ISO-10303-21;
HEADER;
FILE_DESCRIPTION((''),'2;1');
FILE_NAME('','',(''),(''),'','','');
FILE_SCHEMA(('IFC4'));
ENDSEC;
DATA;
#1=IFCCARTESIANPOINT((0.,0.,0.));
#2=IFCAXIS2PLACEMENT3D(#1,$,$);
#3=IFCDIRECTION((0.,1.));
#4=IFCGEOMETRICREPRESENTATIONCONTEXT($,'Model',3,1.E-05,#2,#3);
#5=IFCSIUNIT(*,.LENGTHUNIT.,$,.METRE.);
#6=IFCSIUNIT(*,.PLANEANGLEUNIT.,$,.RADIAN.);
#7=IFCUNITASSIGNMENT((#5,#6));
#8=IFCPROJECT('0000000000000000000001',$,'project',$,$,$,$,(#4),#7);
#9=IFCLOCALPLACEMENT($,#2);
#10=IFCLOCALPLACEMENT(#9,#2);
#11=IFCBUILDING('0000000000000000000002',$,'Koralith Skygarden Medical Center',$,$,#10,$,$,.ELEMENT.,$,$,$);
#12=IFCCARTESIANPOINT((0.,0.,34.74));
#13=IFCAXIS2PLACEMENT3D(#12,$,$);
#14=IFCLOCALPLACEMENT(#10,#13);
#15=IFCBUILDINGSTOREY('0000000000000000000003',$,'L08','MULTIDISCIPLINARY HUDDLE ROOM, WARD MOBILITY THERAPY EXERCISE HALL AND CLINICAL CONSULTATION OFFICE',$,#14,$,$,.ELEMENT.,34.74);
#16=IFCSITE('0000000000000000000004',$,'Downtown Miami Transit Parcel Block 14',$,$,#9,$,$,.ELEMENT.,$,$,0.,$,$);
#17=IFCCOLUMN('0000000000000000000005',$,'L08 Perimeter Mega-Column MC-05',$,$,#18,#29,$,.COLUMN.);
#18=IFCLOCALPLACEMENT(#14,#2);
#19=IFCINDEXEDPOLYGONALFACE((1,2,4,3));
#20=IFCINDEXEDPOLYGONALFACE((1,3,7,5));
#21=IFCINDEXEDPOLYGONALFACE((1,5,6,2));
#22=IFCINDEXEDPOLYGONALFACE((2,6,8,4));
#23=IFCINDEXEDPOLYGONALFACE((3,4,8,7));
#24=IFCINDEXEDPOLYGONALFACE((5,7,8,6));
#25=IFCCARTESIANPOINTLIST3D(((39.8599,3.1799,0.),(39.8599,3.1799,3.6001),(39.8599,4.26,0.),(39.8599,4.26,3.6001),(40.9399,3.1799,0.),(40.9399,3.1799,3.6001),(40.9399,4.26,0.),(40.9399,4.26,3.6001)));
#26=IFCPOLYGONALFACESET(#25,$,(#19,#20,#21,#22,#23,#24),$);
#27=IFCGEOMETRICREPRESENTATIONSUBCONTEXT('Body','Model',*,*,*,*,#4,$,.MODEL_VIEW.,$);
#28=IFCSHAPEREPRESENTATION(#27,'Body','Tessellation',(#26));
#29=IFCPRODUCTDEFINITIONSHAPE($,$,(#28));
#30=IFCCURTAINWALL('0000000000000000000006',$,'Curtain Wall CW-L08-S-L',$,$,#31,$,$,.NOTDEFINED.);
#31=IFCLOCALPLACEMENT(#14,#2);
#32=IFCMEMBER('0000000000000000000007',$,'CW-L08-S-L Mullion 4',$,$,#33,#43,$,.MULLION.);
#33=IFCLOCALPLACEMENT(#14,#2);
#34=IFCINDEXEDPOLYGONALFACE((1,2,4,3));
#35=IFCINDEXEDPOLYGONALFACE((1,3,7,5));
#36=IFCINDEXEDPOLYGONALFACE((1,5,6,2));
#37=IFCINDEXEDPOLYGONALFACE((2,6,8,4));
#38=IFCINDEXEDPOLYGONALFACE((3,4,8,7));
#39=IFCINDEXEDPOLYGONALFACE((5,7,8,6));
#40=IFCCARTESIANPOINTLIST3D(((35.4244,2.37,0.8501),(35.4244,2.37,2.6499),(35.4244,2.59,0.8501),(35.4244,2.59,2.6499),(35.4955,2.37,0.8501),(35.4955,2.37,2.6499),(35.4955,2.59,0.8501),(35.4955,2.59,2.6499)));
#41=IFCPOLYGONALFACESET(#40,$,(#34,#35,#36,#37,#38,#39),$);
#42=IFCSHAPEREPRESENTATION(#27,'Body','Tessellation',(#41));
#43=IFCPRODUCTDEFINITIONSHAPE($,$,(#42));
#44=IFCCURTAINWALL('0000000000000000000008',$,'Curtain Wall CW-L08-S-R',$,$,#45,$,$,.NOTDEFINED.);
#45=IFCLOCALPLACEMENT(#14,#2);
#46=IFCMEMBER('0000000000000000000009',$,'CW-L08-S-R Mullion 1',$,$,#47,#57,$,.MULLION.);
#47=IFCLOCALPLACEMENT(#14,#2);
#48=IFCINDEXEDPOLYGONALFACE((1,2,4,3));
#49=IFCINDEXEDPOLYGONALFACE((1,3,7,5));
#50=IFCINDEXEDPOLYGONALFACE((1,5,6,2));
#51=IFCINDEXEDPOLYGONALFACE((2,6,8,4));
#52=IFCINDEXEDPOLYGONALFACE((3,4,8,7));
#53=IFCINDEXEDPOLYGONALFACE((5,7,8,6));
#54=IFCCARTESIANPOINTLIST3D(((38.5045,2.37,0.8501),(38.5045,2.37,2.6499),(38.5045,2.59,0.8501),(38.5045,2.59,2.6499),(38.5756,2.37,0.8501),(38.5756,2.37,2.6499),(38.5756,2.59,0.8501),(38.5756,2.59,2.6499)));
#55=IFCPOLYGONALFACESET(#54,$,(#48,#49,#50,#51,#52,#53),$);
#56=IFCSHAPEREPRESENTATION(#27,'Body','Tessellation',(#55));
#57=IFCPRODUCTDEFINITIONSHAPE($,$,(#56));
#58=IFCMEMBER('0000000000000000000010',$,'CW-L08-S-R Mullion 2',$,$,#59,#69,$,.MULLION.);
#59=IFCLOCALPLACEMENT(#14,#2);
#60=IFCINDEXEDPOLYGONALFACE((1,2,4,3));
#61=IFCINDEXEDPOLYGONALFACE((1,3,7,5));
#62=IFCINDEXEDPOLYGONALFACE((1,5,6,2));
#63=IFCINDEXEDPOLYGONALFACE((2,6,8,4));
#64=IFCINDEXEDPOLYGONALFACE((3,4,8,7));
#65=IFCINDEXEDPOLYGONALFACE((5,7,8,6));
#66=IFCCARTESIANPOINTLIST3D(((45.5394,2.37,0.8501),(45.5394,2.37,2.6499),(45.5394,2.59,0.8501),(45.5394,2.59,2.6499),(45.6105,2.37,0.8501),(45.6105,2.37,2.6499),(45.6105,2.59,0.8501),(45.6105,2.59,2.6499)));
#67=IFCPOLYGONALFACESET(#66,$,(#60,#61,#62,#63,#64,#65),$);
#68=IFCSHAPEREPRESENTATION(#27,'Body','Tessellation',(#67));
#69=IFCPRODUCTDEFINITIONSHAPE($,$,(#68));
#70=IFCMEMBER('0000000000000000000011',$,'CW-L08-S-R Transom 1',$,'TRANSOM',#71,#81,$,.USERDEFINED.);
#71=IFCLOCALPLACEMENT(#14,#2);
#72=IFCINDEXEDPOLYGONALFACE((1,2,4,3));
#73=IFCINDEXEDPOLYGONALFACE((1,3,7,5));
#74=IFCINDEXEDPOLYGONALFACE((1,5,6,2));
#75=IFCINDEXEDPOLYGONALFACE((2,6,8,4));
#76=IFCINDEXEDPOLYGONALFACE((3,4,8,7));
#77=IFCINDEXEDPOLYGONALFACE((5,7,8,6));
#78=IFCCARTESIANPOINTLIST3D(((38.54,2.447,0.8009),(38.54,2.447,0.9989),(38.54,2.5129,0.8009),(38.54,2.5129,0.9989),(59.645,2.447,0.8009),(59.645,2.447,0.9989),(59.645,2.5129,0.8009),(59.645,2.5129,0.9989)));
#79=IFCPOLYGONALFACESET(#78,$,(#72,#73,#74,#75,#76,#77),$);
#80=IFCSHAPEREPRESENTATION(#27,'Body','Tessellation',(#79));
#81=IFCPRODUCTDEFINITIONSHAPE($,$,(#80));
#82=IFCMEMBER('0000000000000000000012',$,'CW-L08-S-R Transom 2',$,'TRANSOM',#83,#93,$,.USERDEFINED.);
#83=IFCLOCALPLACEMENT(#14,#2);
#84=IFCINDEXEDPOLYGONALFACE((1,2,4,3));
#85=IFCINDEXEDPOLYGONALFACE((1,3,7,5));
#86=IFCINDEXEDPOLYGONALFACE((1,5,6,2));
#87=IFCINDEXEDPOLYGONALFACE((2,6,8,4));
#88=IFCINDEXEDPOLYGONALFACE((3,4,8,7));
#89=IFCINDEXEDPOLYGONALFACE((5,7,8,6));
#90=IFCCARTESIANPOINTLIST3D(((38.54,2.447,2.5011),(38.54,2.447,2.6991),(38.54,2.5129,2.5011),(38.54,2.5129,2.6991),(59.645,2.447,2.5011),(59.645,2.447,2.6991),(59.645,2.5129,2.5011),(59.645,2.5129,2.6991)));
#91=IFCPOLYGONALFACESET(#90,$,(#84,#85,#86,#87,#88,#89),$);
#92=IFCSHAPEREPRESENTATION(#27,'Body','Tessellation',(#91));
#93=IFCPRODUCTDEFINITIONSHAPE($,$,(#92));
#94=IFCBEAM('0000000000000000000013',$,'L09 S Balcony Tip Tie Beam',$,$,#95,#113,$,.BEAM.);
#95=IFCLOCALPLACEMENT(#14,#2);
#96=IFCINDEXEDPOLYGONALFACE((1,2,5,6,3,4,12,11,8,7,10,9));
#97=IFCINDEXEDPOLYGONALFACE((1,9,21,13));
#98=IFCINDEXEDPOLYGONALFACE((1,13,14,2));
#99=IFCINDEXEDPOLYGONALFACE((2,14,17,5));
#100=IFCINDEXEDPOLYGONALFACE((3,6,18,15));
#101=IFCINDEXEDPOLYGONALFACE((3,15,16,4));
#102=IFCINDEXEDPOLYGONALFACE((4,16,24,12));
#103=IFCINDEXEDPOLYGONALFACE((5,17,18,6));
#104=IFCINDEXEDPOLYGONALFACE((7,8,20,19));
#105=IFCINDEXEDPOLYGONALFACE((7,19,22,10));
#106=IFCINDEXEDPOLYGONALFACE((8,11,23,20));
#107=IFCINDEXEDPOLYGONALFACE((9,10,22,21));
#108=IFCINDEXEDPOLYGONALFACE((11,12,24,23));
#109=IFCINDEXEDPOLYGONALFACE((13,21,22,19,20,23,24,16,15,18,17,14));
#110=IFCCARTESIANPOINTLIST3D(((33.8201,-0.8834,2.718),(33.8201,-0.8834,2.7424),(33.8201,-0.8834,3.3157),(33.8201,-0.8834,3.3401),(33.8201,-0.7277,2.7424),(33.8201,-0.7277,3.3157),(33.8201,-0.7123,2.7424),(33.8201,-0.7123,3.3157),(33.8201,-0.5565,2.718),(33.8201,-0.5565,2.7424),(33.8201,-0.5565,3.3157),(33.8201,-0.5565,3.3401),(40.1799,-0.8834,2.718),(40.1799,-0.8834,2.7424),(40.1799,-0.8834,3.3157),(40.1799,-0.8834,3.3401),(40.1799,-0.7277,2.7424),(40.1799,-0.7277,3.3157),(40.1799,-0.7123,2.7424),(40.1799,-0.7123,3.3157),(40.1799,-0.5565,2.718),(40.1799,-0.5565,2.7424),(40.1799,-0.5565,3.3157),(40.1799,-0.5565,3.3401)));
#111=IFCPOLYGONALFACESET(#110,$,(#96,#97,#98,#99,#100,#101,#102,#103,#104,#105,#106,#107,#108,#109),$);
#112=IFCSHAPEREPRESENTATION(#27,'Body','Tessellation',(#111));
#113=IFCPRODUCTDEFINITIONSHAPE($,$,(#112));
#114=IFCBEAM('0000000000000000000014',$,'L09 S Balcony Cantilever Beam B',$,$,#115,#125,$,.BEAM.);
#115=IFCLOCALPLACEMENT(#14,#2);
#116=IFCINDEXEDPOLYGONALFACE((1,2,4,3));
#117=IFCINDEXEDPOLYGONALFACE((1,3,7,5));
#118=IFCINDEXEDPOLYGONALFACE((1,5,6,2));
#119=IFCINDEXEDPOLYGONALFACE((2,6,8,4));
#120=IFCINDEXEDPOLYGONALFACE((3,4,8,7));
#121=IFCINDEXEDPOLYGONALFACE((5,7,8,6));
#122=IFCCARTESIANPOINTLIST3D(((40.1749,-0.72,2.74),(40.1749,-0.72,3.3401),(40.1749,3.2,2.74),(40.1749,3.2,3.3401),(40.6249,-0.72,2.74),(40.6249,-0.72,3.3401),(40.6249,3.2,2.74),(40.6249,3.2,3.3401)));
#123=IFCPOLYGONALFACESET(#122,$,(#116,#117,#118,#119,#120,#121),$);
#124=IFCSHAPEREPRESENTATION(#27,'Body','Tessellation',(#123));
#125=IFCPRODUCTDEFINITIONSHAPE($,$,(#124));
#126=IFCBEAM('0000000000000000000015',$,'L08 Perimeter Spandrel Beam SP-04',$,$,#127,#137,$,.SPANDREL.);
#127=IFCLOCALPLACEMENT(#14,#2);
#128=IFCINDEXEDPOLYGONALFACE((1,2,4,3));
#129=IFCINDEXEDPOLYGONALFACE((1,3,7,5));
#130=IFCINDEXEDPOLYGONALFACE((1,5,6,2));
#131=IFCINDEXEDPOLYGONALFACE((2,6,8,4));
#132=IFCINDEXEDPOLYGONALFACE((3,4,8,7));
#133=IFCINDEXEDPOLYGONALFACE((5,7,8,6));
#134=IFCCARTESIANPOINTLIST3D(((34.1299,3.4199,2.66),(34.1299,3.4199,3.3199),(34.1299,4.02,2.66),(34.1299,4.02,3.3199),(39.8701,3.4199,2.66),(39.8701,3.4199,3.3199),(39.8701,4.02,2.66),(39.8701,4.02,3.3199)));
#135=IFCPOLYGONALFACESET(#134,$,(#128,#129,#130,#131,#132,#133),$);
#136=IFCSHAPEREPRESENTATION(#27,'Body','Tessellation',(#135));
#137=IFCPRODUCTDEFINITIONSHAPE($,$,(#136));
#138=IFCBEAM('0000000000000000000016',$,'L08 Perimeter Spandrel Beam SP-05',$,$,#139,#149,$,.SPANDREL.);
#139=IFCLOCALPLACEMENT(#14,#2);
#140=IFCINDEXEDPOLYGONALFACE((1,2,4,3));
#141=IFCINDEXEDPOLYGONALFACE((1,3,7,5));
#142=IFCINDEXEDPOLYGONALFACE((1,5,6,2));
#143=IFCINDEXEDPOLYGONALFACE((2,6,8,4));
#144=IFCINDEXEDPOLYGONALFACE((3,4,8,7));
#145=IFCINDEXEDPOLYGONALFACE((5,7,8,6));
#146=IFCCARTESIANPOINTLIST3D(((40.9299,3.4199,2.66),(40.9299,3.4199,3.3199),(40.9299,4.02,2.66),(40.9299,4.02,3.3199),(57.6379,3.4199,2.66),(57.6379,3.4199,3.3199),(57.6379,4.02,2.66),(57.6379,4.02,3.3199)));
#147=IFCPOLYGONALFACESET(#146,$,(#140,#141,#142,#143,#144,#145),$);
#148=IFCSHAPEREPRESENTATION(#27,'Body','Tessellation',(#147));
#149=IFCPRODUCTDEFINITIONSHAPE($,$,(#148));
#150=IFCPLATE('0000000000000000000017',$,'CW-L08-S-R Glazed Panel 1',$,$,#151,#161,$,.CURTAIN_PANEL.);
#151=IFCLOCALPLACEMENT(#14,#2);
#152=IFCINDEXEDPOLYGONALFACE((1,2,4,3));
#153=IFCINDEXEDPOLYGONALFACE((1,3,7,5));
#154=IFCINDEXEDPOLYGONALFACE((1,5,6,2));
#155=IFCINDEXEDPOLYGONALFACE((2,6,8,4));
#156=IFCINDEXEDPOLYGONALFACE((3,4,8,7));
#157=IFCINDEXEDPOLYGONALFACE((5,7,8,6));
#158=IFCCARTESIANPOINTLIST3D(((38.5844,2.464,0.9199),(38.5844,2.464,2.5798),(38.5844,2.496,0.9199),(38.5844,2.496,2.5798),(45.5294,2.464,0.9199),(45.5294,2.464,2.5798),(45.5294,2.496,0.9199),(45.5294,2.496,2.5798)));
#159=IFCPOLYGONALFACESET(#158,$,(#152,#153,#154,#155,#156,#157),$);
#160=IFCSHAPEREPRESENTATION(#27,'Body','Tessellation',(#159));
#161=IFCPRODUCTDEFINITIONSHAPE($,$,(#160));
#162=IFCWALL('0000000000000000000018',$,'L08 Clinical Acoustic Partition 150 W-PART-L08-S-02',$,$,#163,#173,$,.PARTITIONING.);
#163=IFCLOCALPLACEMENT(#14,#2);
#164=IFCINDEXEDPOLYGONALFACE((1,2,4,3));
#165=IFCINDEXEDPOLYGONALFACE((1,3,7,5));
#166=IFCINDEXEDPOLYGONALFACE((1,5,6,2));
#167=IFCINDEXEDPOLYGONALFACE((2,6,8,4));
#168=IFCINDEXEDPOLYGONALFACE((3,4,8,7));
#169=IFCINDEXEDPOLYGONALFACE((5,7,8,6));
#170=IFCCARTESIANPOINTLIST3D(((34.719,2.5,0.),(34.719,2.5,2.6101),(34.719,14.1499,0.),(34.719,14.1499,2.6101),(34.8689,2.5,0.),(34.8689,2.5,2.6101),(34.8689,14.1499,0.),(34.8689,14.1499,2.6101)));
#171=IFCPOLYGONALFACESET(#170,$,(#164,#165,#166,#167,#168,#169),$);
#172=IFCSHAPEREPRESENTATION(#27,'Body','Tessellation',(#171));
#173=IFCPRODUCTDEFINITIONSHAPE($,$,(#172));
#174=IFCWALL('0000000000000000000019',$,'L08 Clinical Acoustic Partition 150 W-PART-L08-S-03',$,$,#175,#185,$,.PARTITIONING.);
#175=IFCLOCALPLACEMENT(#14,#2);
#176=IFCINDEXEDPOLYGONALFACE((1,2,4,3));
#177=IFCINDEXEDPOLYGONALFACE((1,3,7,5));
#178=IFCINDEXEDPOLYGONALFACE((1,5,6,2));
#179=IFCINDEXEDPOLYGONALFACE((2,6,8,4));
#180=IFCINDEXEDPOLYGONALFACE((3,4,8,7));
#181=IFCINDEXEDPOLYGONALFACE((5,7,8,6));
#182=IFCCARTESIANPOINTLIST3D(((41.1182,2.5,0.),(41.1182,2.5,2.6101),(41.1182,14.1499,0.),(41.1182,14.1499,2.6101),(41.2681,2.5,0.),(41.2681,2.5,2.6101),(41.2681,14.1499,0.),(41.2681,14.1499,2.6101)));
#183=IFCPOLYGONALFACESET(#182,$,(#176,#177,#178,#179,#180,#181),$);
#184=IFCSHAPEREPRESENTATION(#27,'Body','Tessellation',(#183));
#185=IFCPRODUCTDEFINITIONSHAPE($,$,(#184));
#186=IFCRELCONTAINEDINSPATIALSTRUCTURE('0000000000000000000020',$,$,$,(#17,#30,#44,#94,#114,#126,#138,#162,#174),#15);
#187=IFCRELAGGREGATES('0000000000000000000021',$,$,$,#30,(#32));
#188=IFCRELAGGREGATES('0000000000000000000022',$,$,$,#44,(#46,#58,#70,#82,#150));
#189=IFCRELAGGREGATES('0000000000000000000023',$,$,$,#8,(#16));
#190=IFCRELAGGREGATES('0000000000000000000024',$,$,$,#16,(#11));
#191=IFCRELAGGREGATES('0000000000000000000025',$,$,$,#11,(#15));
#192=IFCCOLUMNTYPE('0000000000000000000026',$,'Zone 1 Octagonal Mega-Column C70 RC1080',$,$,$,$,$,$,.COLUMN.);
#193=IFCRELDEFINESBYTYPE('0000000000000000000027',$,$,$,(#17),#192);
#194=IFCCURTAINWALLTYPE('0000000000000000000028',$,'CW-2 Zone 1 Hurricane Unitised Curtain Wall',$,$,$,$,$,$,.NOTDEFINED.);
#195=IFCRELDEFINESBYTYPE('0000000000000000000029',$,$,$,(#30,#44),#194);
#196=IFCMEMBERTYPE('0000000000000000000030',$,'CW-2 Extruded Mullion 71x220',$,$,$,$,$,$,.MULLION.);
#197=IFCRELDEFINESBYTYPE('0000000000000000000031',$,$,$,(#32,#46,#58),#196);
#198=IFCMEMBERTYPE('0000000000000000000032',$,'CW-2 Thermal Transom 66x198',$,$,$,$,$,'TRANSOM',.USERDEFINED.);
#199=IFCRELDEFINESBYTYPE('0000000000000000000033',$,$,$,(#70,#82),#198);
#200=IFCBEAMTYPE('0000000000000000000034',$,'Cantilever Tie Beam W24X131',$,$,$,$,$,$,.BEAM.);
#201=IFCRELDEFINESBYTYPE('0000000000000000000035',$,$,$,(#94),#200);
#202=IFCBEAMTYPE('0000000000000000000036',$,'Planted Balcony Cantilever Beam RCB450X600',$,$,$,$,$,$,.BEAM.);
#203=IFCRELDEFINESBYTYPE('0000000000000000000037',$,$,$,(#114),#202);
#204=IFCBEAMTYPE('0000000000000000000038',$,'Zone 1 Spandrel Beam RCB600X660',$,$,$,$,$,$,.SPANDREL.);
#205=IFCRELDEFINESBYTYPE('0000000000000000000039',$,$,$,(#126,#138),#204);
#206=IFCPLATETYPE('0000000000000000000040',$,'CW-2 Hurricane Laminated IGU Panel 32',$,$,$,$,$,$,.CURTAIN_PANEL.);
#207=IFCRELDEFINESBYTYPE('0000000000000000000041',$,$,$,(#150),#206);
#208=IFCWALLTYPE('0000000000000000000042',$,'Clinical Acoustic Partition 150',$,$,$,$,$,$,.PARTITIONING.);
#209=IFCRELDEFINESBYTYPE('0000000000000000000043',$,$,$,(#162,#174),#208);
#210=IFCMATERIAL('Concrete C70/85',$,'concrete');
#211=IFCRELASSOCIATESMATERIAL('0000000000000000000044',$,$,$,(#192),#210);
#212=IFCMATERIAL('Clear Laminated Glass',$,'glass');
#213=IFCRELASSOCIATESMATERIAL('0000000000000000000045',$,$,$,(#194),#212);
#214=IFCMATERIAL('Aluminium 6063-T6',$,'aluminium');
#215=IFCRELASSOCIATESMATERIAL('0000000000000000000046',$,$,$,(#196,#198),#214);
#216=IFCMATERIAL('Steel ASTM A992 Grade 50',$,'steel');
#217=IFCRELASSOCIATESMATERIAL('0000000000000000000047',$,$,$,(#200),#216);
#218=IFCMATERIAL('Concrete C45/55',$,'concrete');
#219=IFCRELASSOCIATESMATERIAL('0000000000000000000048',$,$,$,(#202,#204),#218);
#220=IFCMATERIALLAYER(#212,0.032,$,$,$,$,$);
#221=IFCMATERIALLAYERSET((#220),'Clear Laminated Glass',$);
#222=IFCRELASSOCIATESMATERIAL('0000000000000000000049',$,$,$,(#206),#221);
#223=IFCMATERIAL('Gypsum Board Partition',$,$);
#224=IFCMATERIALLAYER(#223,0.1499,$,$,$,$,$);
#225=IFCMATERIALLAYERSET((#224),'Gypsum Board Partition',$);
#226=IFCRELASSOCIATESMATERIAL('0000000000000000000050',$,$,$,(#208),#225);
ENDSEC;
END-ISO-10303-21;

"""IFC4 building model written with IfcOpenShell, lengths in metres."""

from ifc_helpers import new_model, si_unit, direction, frame, frame_2d, origin, origin_2d, place, context, subcontext, project, spatial, rectangle, i_section, extrude, material, layer, layer_set, material_profile, profile_set, type_object, element, aggregate, save


model = new_model("IFC4")

# Units and contexts
model_context = context("Model", 3, precision=1e-05, world=origin(), true_north=direction((0.0, 1.0)))
body_context = subcontext(model_context, "Body", "Model", "MODEL_VIEW")
ifc_project = project(units=[si_unit("LENGTHUNIT", "METRE"), si_unit("PLANEANGLEUNIT", "RADIAN")], contexts=[model_context])

# Site, building, storey
site_placement = place(None, origin())
site = spatial("IfcSite", under=ifc_project, at=site_placement, Name="Downtown Miami Transit Parcel Block 14", CompositionType="ELEMENT", RefElevation=0.0)
building_placement = place(site_placement, origin())
building = spatial("IfcBuilding", under=site, at=building_placement, Name="Koralith Skygarden Medical Center", CompositionType="ELEMENT")
storey_placement = place(building_placement, frame((0.0, 0.0, 34.74)))
storey = spatial("IfcBuildingStorey", under=building, at=storey_placement, Name="L08", Description="MULTIDISCIPLINARY HUDDLE ROOM, WARD MOBILITY THERAPY EXERCISE HALL AND CLINICAL CONSULTATION OFFICE", CompositionType="ELEMENT", Elevation=34.74)

# Column
ifc_material_1 = material(Name="Concrete C70/85", Category="concrete")
ifc_material_profile_1 = material_profile(ifc_material_1, rectangle(XDim=1.0801, YDim=1.0801, at=origin_2d()), Name="RC1080X1080")
ifc_profile_set_1 = profile_set([ifc_material_profile_1], Name="Concrete C70/85")
column_type = type_object("IfcColumnType", Name="Zone 1 Octagonal Mega-Column C70 RC1080", PredefinedType="COLUMN", material=ifc_profile_set_1)
column_placement = place(storey_placement, frame((40.3999, 3.72, 0.0), z_axis=(0.0, 0.0, 1.0), x_axis=(1.0, 0.0, 0.0)))
element("IfcColumn", 1, at=column_placement, inside=storey, type_object=column_type, Name="L08 Perimeter Mega-Column MC-05", PredefinedType="COLUMN", context=body_context, shape_type="SweptSolid", body=[
    extrude(rectangle(XDim=1.0801, YDim=1.0801, at=origin_2d()), origin(), (0.0, 0.0, 1.0), 3.6001),
])

# Curtain wall, member
ifc_material_2 = material(Name="Clear Laminated Glass", Category="glass")
curtain_wall_type = type_object("IfcCurtainWallType", Name="CW-2 Zone 1 Hurricane Unitised Curtain Wall", PredefinedType="NOTDEFINED", material=ifc_material_2)
curtain_wall_1_placement = place(storey_placement, origin())
curtain_wall_1 = element("IfcCurtainWall", 2, at=curtain_wall_1_placement, inside=storey, type_object=curtain_wall_type, Name="Curtain Wall CW-L08-S-L", PredefinedType="NOTDEFINED")
ifc_material_3 = material(Name="Aluminium 6063-T6", Category="aluminium")
ifc_material_profile_2 = material_profile(ifc_material_3, rectangle(XDim=0.071, YDim=0.22, at=origin_2d()), Name="MUL71X220")
ifc_profile_set_2 = profile_set([ifc_material_profile_2], Name="Aluminium 6063-T6")
member_type_1 = type_object("IfcMemberType", Name="CW-2 Extruded Mullion 71x220", PredefinedType="MULLION", material=ifc_profile_set_2)
member_1_placement = place(storey_placement, frame((35.46, 2.48, 0.8501), z_axis=(0.0, 0.0, 1.0), x_axis=(1.0, 0.0, 0.0)))
member_1 = element("IfcMember", 3, at=member_1_placement, type_object=member_type_1, Name="CW-L08-S-L Mullion 4", PredefinedType="MULLION", context=body_context, shape_type="SweptSolid", body=[
    extrude(rectangle(XDim=0.071, YDim=0.22, at=origin_2d()), origin(), (0.0, 0.0, 1.0), 1.7998),
])
aggregate(curtain_wall_1, [member_1])

# Curtain wall, members
curtain_wall_2_placement = place(storey_placement, origin())
curtain_wall_2 = element("IfcCurtainWall", 4, at=curtain_wall_2_placement, inside=storey, type_object=curtain_wall_type, Name="Curtain Wall CW-L08-S-R", PredefinedType="NOTDEFINED")
member_2_placement = place(storey_placement, frame((38.54, 2.48, 0.8501), z_axis=(0.0, 0.0, 1.0), x_axis=(1.0, 0.0, 0.0)))
member_2 = element("IfcMember", 5, at=member_2_placement, type_object=member_type_1, Name="CW-L08-S-R Mullion 1", PredefinedType="MULLION", context=body_context, shape_type="SweptSolid", body=[
    extrude(rectangle(XDim=0.071, YDim=0.22, at=origin_2d()), origin(), (0.0, 0.0, 1.0), 1.7998),
])
member_3_placement = place(storey_placement, frame((45.575, 2.48, 0.8501), z_axis=(0.0, 0.0, 1.0), x_axis=(1.0, 0.0, 0.0)))
member_3 = element("IfcMember", 6, at=member_3_placement, type_object=member_type_1, Name="CW-L08-S-R Mullion 2", PredefinedType="MULLION", context=body_context, shape_type="SweptSolid", body=[
    extrude(rectangle(XDim=0.071, YDim=0.22, at=origin_2d()), origin(), (0.0, 0.0, 1.0), 1.7998),
])
ifc_material_profile_3 = material_profile(ifc_material_3, rectangle(XDim=0.0659, YDim=0.198, at=origin_2d()), Name="TRN66X198")
ifc_profile_set_3 = profile_set([ifc_material_profile_3], Name="Aluminium 6063-T6")
member_type_2 = type_object("IfcMemberType", Name="CW-2 Thermal Transom 66x198", ElementType="TRANSOM", PredefinedType="USERDEFINED", material=ifc_profile_set_3)
member_4_placement = place(storey_placement, frame((38.54, 2.48, 0.8999), z_axis=(1.0, 0.0, 0.0), x_axis=(0.0, 1.0, 0.0)))
member_4 = element("IfcMember", 7, at=member_4_placement, type_object=member_type_2, Name="CW-L08-S-R Transom 1", ObjectType="TRANSOM", PredefinedType="USERDEFINED", context=body_context, shape_type="SweptSolid", body=[
    extrude(rectangle(XDim=0.0659, YDim=0.198, at=origin_2d()), origin(), (0.0, 0.0, 1.0), 21.105),
])
member_5_placement = place(storey_placement, frame((38.54, 2.48, 2.6001), z_axis=(1.0, 0.0, 0.0), x_axis=(0.0, 1.0, 0.0)))
member_5 = element("IfcMember", 8, at=member_5_placement, type_object=member_type_2, Name="CW-L08-S-R Transom 2", ObjectType="TRANSOM", PredefinedType="USERDEFINED", context=body_context, shape_type="SweptSolid", body=[
    extrude(rectangle(XDim=0.0659, YDim=0.198, at=origin_2d()), origin(), (0.0, 0.0, 1.0), 21.105),
])

# Beams
ifc_material_4 = material(Name="Steel ASTM A992 Grade 50", Category="steel")
ifc_material_profile_4 = material_profile(ifc_material_4, i_section(OverallWidth=0.3269, OverallDepth=0.6221, WebThickness=0.0154, FlangeThickness=0.0244, at=origin_2d()), Name="W24X131")
ifc_profile_set_4 = profile_set([ifc_material_profile_4], Name="Steel ASTM A992 Grade 50")
beam_type_1 = type_object("IfcBeamType", Name="Cantilever Tie Beam W24X131", PredefinedType="BEAM", material=ifc_profile_set_4)
beam_1_placement = place(storey_placement, frame((33.8201, -0.72, 3.0291), z_axis=(1.0, 0.0, 0.0), x_axis=(0.0, 1.0, 0.0)))
element("IfcBeam", 9, at=beam_1_placement, inside=storey, type_object=beam_type_1, Name="L09 S Balcony Tip Tie Beam", PredefinedType="BEAM", context=body_context, shape_type="SweptSolid", body=[
    extrude(i_section(OverallWidth=0.3269, OverallDepth=0.6221, WebThickness=0.0154, FlangeThickness=0.0244, at=origin_2d()), origin(), (0.0, 0.0, 1.0), 6.3599),
])
ifc_material_5 = material(Name="Concrete C45/55", Category="concrete")
ifc_material_profile_5 = material_profile(ifc_material_5, rectangle(XDim=0.45, YDim=0.6001, at=origin_2d()), Name="RCB450X600")
ifc_profile_set_5 = profile_set([ifc_material_profile_5], Name="Concrete C45/55")
beam_type_2 = type_object("IfcBeamType", Name="Planted Balcony Cantilever Beam RCB450X600", PredefinedType="BEAM", material=ifc_profile_set_5)
beam_2_placement = place(storey_placement, frame((40.3999, 3.2, 3.04), z_axis=(0.0, -1.0, 0.0), x_axis=(1.0, 0.0, 0.0)))
element("IfcBeam", 10, at=beam_2_placement, inside=storey, type_object=beam_type_2, Name="L09 S Balcony Cantilever Beam B", PredefinedType="BEAM", context=body_context, shape_type="SweptSolid", body=[
    extrude(rectangle(XDim=0.45, YDim=0.6001, at=origin_2d()), origin(), (0.0, 0.0, 1.0), 3.9199),
])
ifc_material_profile_6 = material_profile(ifc_material_5, rectangle(XDim=0.6001, YDim=0.6599, at=origin_2d()), Name="RCB600X660")
ifc_profile_set_6 = profile_set([ifc_material_profile_6], Name="Concrete C45/55")
beam_type_3 = type_object("IfcBeamType", Name="Zone 1 Spandrel Beam RCB600X660", PredefinedType="SPANDREL", material=ifc_profile_set_6)
beam_3_placement = place(storey_placement, frame((34.1299, 3.72, 2.99), z_axis=(1.0, 0.0, 0.0), x_axis=(0.0, 1.0, 0.0)))
element("IfcBeam", 11, at=beam_3_placement, inside=storey, type_object=beam_type_3, Name="L08 Perimeter Spandrel Beam SP-04", PredefinedType="SPANDREL", context=body_context, shape_type="SweptSolid", body=[
    extrude(rectangle(XDim=0.6001, YDim=0.6599, at=origin_2d()), origin(), (0.0, 0.0, 1.0), 5.7402),
])
beam_4_placement = place(storey_placement, frame((40.9299, 3.72, 2.99), z_axis=(1.0, 0.0, 0.0), x_axis=(0.0, 1.0, 0.0)))
element("IfcBeam", 12, at=beam_4_placement, inside=storey, type_object=beam_type_3, Name="L08 Perimeter Spandrel Beam SP-05", PredefinedType="SPANDREL", context=body_context, shape_type="SweptSolid", body=[
    extrude(rectangle(XDim=0.6001, YDim=0.6599, at=origin_2d()), origin(), (0.0, 0.0, 1.0), 16.708),
])

# Plate
ifc_layer_1 = layer(ifc_material_2, 0.032)
ifc_layer_set_1 = layer_set([ifc_layer_1], Name="Clear Laminated Glass")
plate_type = type_object("IfcPlateType", Name="CW-2 Hurricane Laminated IGU Panel 32", PredefinedType="CURTAIN_PANEL", material=ifc_layer_set_1)
plate_placement = place(storey_placement, frame((42.0569, 2.48, 0.9199), z_axis=(0.0, 0.0, 1.0), x_axis=(1.0, 0.0, 0.0)))
plate = element("IfcPlate", 13, at=plate_placement, type_object=plate_type, Name="CW-L08-S-R Glazed Panel 1", PredefinedType="CURTAIN_PANEL", context=body_context, shape_type="SweptSolid", body=[
    extrude(rectangle(XDim=6.9451, YDim=0.032, at=origin_2d()), origin(), (0.0, 0.0, 1.0), 1.6599),
])
aggregate(curtain_wall_2, [member_2, member_3, member_4, member_5, plate])

# Walls
ifc_material_6 = material(Name="Gypsum Board Partition")
ifc_layer_2 = layer(ifc_material_6, 0.1499)
ifc_layer_set_2 = layer_set([ifc_layer_2], Name="Gypsum Board Partition")
wall_type_1 = type_object("IfcWallType", Name="Clinical Acoustic Partition 150", PredefinedType="PARTITIONING", material=ifc_layer_set_2)
for number, where, z_axis, x_axis, name in (
    (14, (34.7939, 14.1499, 0.0), (0.0, 0.0, 1.0), (0.0, -1.0, 0.0), "L08 Clinical Acoustic Partition 150 W-PART-L08-S-02"),
    (15, (41.1931, 14.1499, 0.0), (0.0, 0.0, 1.0), (0.0, -1.0, 0.0), "L08 Clinical Acoustic Partition 150 W-PART-L08-S-03"),
):
    element("IfcWall", number, at=place(storey_placement, frame(where, z_axis=z_axis, x_axis=x_axis)), inside=storey, type_object=wall_type_1, Name=name, PredefinedType="PARTITIONING", context=body_context, shape_type="SweptSolid", body=[
        extrude(rectangle(XDim=11.6499, YDim=0.1499, at=frame_2d((5.825, 0.0))), origin(), (0.0, 0.0, 1.0), 2.6101),
    ])

save(model, "model.ifc")
